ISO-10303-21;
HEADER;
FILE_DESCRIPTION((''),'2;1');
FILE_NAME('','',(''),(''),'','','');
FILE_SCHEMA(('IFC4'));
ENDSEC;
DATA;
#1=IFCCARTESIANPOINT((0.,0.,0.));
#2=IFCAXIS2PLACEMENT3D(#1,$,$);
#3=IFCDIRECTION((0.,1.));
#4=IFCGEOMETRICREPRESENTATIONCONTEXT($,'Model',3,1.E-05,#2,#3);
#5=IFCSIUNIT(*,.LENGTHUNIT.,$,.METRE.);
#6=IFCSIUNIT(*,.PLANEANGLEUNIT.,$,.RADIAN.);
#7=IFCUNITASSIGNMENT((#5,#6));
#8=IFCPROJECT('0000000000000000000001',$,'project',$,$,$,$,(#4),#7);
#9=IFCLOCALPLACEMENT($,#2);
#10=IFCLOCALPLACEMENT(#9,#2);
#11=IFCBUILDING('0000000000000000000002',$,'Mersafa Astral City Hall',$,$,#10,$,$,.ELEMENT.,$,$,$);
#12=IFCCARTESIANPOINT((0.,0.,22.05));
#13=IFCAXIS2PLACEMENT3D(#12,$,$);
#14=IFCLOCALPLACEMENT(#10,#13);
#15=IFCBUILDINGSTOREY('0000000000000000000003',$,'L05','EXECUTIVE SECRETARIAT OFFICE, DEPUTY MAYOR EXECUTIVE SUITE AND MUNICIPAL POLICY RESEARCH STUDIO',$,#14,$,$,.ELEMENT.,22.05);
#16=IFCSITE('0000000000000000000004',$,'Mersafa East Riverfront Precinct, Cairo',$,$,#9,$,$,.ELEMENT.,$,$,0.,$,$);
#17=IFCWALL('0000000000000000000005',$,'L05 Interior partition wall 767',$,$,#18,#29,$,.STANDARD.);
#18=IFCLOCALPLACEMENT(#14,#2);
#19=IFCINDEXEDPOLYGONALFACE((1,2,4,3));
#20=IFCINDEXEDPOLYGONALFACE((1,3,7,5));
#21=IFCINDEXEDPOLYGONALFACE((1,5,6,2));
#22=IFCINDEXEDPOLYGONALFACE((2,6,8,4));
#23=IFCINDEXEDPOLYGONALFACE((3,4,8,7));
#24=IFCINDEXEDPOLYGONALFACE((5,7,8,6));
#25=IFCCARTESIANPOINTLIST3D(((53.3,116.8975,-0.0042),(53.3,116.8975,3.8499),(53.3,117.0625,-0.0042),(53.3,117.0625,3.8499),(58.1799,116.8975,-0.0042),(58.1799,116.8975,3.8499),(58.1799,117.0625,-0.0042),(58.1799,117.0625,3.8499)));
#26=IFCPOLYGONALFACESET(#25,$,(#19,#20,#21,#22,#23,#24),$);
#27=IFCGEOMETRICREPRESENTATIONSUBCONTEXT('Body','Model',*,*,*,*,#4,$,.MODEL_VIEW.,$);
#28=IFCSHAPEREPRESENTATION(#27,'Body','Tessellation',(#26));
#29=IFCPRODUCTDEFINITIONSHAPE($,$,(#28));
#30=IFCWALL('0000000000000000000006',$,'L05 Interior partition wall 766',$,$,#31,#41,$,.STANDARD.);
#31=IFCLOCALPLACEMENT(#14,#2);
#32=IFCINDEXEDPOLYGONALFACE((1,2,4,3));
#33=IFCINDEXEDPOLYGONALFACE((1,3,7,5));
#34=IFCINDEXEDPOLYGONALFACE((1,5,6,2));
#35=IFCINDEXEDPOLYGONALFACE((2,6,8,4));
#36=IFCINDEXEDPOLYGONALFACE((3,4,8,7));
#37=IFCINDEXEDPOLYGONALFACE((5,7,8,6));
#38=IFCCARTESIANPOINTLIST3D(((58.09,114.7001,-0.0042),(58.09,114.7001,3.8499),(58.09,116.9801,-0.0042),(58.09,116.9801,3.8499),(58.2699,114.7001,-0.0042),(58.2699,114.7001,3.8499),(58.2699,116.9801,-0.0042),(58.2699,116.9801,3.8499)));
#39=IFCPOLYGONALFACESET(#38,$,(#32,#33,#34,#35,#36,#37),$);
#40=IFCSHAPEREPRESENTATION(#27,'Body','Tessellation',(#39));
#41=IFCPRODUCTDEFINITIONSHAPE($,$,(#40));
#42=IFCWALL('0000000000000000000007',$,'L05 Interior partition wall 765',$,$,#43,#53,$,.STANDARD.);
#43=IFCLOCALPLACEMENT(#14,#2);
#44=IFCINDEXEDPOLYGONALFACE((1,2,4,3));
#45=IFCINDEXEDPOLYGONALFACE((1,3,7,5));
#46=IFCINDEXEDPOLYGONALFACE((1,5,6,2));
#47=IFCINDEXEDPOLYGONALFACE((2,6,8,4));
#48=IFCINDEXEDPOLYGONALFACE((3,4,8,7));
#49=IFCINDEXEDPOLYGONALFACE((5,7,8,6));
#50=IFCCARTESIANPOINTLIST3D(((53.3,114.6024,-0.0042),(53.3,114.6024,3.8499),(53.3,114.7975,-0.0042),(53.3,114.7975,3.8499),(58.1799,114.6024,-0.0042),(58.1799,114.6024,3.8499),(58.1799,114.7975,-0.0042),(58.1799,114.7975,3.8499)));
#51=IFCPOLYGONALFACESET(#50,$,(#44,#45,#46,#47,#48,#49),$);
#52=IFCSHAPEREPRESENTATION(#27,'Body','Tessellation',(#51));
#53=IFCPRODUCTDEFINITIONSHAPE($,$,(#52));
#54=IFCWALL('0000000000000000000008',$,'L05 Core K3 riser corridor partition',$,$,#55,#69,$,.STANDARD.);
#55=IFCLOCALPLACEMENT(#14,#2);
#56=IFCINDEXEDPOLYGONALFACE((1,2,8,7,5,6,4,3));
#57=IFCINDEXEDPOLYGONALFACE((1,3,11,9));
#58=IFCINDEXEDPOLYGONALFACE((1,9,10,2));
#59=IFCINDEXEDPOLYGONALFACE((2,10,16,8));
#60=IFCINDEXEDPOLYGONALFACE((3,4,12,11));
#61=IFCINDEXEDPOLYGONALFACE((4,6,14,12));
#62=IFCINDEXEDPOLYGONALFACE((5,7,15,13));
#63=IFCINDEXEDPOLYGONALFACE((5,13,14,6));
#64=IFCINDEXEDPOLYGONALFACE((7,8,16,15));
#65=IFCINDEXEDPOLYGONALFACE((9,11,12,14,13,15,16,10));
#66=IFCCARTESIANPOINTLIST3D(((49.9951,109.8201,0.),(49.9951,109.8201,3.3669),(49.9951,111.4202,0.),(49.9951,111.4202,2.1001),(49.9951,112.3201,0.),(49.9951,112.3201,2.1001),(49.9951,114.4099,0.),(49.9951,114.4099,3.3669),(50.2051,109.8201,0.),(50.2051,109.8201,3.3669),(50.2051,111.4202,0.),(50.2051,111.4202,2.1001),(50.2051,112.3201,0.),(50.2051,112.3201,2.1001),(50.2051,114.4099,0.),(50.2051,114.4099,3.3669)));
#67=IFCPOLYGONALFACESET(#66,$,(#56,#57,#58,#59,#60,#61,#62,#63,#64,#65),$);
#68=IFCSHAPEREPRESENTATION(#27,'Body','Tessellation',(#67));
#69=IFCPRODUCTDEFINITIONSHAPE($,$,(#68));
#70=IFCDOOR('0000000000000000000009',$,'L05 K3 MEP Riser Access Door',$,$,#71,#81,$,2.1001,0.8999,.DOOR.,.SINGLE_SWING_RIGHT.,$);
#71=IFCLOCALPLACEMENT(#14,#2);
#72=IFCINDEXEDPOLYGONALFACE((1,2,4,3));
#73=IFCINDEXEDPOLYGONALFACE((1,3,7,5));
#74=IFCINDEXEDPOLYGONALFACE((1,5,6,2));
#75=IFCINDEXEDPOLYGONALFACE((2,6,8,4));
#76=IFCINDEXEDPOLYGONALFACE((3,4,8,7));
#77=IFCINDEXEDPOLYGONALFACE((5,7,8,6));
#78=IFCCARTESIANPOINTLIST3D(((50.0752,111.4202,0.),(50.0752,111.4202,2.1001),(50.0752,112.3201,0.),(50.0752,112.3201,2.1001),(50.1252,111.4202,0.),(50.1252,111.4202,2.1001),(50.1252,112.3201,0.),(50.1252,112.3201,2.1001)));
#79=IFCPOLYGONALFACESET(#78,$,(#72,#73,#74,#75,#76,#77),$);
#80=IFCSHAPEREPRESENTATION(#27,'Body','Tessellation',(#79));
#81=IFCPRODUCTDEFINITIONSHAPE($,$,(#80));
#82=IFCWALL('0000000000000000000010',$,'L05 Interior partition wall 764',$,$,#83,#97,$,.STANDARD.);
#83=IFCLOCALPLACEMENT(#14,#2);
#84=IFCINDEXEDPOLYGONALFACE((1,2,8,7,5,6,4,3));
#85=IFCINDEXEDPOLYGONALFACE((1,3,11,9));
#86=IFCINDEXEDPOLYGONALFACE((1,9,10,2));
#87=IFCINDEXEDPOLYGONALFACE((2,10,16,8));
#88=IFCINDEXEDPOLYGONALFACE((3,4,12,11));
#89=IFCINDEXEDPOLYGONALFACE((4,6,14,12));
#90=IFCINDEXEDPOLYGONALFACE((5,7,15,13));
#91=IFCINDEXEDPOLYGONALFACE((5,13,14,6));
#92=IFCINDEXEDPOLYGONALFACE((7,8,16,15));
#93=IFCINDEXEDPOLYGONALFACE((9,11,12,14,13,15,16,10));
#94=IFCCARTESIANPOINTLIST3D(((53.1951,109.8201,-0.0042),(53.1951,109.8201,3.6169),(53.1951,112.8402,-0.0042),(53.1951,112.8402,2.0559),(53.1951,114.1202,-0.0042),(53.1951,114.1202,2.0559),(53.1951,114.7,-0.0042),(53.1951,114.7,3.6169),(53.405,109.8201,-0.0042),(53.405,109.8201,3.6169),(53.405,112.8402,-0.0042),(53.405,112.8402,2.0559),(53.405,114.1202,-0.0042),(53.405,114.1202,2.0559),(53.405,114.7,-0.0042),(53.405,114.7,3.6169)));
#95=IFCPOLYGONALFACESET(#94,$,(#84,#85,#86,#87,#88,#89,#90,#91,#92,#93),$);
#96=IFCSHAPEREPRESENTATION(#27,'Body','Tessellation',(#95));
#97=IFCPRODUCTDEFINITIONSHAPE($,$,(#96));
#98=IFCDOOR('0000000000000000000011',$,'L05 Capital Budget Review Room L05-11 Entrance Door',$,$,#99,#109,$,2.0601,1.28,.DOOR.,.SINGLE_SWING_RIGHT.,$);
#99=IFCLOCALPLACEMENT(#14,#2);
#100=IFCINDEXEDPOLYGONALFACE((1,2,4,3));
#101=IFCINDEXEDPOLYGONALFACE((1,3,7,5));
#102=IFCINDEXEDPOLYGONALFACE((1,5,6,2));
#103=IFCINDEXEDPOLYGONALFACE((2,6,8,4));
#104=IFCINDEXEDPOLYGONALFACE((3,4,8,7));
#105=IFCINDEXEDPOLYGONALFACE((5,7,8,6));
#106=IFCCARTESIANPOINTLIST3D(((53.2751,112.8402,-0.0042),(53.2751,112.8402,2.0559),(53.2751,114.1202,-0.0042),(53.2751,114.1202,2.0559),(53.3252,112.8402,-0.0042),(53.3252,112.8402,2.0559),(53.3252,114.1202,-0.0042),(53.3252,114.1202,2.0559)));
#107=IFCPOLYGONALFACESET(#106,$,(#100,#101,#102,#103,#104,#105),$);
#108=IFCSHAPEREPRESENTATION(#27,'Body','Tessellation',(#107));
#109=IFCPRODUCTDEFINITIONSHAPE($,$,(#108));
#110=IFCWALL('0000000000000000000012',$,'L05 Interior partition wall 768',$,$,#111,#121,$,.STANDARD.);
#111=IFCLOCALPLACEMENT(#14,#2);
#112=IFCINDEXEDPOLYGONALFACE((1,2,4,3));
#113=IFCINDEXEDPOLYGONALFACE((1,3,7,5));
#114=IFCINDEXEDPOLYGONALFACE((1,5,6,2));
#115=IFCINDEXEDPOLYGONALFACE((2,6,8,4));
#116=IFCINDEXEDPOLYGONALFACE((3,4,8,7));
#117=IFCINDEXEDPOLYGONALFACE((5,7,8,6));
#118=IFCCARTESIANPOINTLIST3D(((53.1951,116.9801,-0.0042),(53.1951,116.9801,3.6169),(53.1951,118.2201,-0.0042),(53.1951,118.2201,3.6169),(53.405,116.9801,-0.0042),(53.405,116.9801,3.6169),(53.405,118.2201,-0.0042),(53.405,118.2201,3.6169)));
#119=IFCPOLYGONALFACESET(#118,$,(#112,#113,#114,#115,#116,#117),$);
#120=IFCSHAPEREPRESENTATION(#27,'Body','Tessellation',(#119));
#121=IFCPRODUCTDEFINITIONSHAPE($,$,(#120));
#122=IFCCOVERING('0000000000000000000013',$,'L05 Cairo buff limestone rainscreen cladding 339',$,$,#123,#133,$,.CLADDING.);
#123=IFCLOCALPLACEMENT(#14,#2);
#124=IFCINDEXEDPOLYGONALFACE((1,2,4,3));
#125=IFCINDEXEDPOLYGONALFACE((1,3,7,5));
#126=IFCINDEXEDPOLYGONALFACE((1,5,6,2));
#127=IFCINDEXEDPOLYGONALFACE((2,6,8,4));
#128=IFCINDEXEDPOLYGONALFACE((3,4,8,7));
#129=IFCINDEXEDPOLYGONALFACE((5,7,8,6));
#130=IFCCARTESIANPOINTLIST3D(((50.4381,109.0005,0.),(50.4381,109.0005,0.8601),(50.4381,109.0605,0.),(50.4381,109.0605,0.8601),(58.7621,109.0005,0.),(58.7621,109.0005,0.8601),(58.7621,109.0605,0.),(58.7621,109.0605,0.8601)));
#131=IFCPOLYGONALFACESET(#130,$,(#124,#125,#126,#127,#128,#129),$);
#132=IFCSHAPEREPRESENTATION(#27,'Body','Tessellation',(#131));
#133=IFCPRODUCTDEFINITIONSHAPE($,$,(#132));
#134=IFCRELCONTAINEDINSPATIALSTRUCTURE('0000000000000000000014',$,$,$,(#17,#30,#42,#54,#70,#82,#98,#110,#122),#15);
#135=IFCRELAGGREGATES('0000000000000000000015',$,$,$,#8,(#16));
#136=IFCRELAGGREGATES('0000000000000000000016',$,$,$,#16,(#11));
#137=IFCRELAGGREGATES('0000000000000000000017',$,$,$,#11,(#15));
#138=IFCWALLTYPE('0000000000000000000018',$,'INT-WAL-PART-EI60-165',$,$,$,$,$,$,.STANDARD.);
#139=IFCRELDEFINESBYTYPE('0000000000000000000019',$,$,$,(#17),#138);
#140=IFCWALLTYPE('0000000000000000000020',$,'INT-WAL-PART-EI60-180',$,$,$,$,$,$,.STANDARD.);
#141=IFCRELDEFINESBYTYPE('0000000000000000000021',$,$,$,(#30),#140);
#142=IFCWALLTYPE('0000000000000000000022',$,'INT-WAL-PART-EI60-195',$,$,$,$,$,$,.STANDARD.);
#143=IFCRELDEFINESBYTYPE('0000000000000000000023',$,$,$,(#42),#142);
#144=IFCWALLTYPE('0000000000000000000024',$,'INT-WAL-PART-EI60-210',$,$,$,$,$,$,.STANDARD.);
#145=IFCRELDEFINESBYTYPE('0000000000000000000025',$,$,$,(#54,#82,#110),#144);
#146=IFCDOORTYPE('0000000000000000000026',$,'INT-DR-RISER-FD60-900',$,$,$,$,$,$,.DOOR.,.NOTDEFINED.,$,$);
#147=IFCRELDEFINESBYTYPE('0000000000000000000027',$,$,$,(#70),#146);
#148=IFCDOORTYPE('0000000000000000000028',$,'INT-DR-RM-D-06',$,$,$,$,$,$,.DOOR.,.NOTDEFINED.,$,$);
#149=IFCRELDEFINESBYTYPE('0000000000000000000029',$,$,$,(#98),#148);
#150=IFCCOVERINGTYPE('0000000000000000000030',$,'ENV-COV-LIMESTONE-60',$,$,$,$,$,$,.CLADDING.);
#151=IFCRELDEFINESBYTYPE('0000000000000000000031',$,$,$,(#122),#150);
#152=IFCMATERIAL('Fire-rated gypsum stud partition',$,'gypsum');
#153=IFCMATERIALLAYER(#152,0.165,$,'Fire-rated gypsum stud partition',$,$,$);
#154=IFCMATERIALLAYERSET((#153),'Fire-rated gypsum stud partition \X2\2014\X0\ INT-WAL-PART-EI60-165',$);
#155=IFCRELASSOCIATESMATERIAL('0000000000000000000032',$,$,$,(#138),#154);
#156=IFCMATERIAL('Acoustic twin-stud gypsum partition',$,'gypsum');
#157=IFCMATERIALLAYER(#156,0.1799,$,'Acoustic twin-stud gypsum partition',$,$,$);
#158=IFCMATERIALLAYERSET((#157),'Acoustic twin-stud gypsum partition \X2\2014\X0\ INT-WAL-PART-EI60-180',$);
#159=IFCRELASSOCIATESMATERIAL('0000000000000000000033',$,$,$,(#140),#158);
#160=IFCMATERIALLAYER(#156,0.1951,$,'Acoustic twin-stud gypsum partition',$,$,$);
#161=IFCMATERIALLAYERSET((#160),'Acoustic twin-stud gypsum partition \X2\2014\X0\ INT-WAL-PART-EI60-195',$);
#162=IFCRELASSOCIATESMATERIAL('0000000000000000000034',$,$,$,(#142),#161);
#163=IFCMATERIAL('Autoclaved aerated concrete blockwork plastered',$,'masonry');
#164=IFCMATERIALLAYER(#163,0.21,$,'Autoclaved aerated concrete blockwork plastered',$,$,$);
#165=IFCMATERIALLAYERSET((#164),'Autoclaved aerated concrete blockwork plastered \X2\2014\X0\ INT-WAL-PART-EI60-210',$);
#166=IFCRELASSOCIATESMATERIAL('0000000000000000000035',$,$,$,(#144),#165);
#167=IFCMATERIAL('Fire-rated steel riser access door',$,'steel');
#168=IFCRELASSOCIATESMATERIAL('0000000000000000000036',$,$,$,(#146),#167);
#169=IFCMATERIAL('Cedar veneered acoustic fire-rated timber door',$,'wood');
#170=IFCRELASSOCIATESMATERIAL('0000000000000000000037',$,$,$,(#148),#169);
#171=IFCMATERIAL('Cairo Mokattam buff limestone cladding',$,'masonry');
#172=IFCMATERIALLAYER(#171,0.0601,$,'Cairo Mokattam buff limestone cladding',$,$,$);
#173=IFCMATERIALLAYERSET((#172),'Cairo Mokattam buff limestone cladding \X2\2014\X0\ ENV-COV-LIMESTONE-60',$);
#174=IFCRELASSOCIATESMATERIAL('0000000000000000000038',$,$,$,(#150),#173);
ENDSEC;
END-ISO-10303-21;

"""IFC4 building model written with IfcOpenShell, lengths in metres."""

from ifc_helpers import new_model, si_unit, direction, frame, frame_2d, origin, origin_2d, place, context, subcontext, project, spatial, rectangle, extrude, material, layer, layer_set, type_object, element, fill, save


model = new_model("IFC4")

# Units and contexts
model_context = context("Model", 3, precision=1e-05, world=origin(), true_north=direction((0.0, 1.0)))
body_context = subcontext(model_context, "Body", "Model", "MODEL_VIEW")
ifc_project = project(units=[si_unit("LENGTHUNIT", "METRE"), si_unit("PLANEANGLEUNIT", "RADIAN")], contexts=[model_context])

# Site, building, storey
site_placement = place(None, origin())
site = spatial("IfcSite", under=ifc_project, at=site_placement, Name="Mersafa East Riverfront Precinct, Cairo", CompositionType="ELEMENT", RefElevation=0.0)
building_placement = place(site_placement, origin())
building = spatial("IfcBuilding", under=site, at=building_placement, Name="Mersafa Astral City Hall", CompositionType="ELEMENT")
storey_placement = place(building_placement, frame((0.0, 0.0, 22.05)))
storey = spatial("IfcBuildingStorey", under=building, at=storey_placement, Name="L05", Description="EXECUTIVE SECRETARIAT OFFICE, DEPUTY MAYOR EXECUTIVE SUITE AND MUNICIPAL POLICY RESEARCH STUDIO", CompositionType="ELEMENT", Elevation=22.05)

# Walls
ifc_material_1 = material(Name="Fire-rated gypsum stud partition", Category="gypsum")
ifc_layer_1 = layer(ifc_material_1, 0.165, Name="Fire-rated gypsum stud partition")
ifc_layer_set_1 = layer_set([ifc_layer_1], Name="Fire-rated gypsum stud partition — INT-WAL-PART-EI60-165")
wall_type_1 = type_object("IfcWallType", Name="INT-WAL-PART-EI60-165", PredefinedType="STANDARD", material=ifc_layer_set_1)
wall_1_placement = place(storey_placement, frame((58.1799, 116.98, -0.0042), z_axis=(0.0, 0.0, 1.0), x_axis=(-1.0, 0.0, 0.0)))
element("IfcWall", 1, at=wall_1_placement, inside=storey, type_object=wall_type_1, Name="L05 Interior partition wall 767", PredefinedType="STANDARD", context=body_context, shape_type="SweptSolid", body=[
    extrude(rectangle(XDim=4.8799, YDim=0.165, at=frame_2d((2.4399, 0.0))), origin(), (0.0, 0.0, 1.0), 3.854),
])
ifc_material_2 = material(Name="Acoustic twin-stud gypsum partition", Category="gypsum")
ifc_layer_2 = layer(ifc_material_2, 0.1799, Name="Acoustic twin-stud gypsum partition")
ifc_layer_set_2 = layer_set([ifc_layer_2], Name="Acoustic twin-stud gypsum partition — INT-WAL-PART-EI60-180")
wall_type_2 = type_object("IfcWallType", Name="INT-WAL-PART-EI60-180", PredefinedType="STANDARD", material=ifc_layer_set_2)
wall_2_placement = place(storey_placement, frame((58.1799, 114.7, -0.0042), z_axis=(0.0, 0.0, 1.0), x_axis=(0.0, 1.0, 0.0)))
element("IfcWall", 2, at=wall_2_placement, inside=storey, type_object=wall_type_2, Name="L05 Interior partition wall 766", PredefinedType="STANDARD", context=body_context, shape_type="SweptSolid", body=[
    extrude(rectangle(XDim=2.28, YDim=0.1799, at=frame_2d((1.1401, 0.0))), origin(), (0.0, 0.0, 1.0), 3.854),
])
ifc_layer_3 = layer(ifc_material_2, 0.1951, Name="Acoustic twin-stud gypsum partition")
ifc_layer_set_3 = layer_set([ifc_layer_3], Name="Acoustic twin-stud gypsum partition — INT-WAL-PART-EI60-195")
wall_type_3 = type_object("IfcWallType", Name="INT-WAL-PART-EI60-195", PredefinedType="STANDARD", material=ifc_layer_set_3)
wall_3_placement = place(storey_placement, frame((53.3, 114.7, -0.0042), z_axis=(0.0, 0.0, 1.0), x_axis=(1.0, 0.0, 0.0)))
element("IfcWall", 3, at=wall_3_placement, inside=storey, type_object=wall_type_3, Name="L05 Interior partition wall 765", PredefinedType="STANDARD", context=body_context, shape_type="SweptSolid", body=[
    extrude(rectangle(XDim=4.8799, YDim=0.1951, at=frame_2d((2.4399, 0.0))), origin(), (0.0, 0.0, 1.0), 3.854),
])

# Walls, openings, doors
ifc_material_3 = material(Name="Autoclaved aerated concrete blockwork plastered", Category="masonry")
ifc_layer_4 = layer(ifc_material_3, 0.21, Name="Autoclaved aerated concrete blockwork plastered")
ifc_layer_set_4 = layer_set([ifc_layer_4], Name="Autoclaved aerated concrete blockwork plastered — INT-WAL-PART-EI60-210")
wall_type_4 = type_object("IfcWallType", Name="INT-WAL-PART-EI60-210", PredefinedType="STANDARD", material=ifc_layer_set_4)
wall_4_placement = place(storey_placement, frame((50.1001, 109.8201, 0.0), z_axis=(0.0, 0.0, 1.0), x_axis=(0.0, 1.0, 0.0)))
wall_4 = element("IfcWall", 4, at=wall_4_placement, inside=storey, type_object=wall_type_4, Name="L05 Core K3 riser corridor partition", PredefinedType="STANDARD", context=body_context, shape_type="SweptSolid", body=[
    extrude(rectangle(XDim=4.5898, YDim=0.21, at=frame_2d((2.2949, 0.0))), origin(), (0.0, 0.0, 1.0), 3.3669),
])
opening_1_placement = place(wall_4_placement, frame((1.6001, 0.0, 0.0)))
opening_1 = element("IfcOpeningElement", 5, at=opening_1_placement, cuts=wall_4, PredefinedType="OPENING", context=body_context, shape_type="SweptSolid", body=[
    extrude(rectangle(XDim=0.8999, YDim=2.1001, at=frame_2d((0.45, 1.05))), frame((0.0, 0.115, 0.0), z_axis=(0.0, -1.0, 0.0), x_axis=(1.0, 0.0, 0.0)), (0.0, 0.0, 1.0), 0.23),
])
ifc_material_4 = material(Name="Fire-rated steel riser access door", Category="steel")
door_type_1 = type_object("IfcDoorType", Name="INT-DR-RISER-FD60-900", OperationType="NOTDEFINED", PredefinedType="DOOR", material=ifc_material_4)
door_1_placement = place(opening_1_placement, origin())
door_1 = element("IfcDoor", 6, at=door_1_placement, inside=storey, type_object=door_type_1, Name="L05 K3 MEP Riser Access Door", OperationType="SINGLE_SWING_RIGHT", OverallHeight=2.1001, OverallWidth=0.8999, PredefinedType="DOOR", context=body_context, shape_type="SweptSolid", body=[
    extrude(rectangle(XDim=0.8999, YDim=2.1001, at=frame_2d((0.45, 1.05))), frame((0.0, 0.0249, 0.0), z_axis=(0.0, -1.0, 0.0), x_axis=(1.0, 0.0, 0.0)), (0.0, 0.0, 1.0), 0.05),
])
fill(opening_1, door_1)
wall_5_placement = place(storey_placement, frame((53.3, 109.8201, -0.0042), z_axis=(0.0, 0.0, 1.0), x_axis=(0.0, 1.0, 0.0)))
wall_5 = element("IfcWall", 7, at=wall_5_placement, inside=storey, type_object=wall_type_4, Name="L05 Interior partition wall 764", PredefinedType="STANDARD", context=body_context, shape_type="SweptSolid", body=[
    extrude(rectangle(XDim=4.8799, YDim=0.21, at=frame_2d((2.4399, 0.0))), origin(), (0.0, 0.0, 1.0), 3.6211),
])
opening_2_placement = place(wall_5_placement, frame((3.02, 0.0, 0.0)))
opening_2 = element("IfcOpeningElement", 8, at=opening_2_placement, cuts=wall_5, PredefinedType="OPENING", context=body_context, shape_type="SweptSolid", body=[
    extrude(rectangle(XDim=1.28, YDim=2.0601, at=frame_2d((0.6401, 1.03))), frame((0.0, 0.115, 0.0), z_axis=(0.0, -1.0, 0.0), x_axis=(1.0, 0.0, 0.0)), (0.0, 0.0, 1.0), 0.23),
])
ifc_material_5 = material(Name="Cedar veneered acoustic fire-rated timber door", Category="wood")
door_type_2 = type_object("IfcDoorType", Name="INT-DR-RM-D-06", OperationType="NOTDEFINED", PredefinedType="DOOR", material=ifc_material_5)
door_2_placement = place(opening_2_placement, origin())
door_2 = element("IfcDoor", 9, at=door_2_placement, inside=storey, type_object=door_type_2, Name="L05 Capital Budget Review Room L05-11 Entrance Door", OperationType="SINGLE_SWING_RIGHT", OverallHeight=2.0601, OverallWidth=1.28, PredefinedType="DOOR", context=body_context, shape_type="SweptSolid", body=[
    extrude(rectangle(XDim=1.28, YDim=2.0601, at=frame_2d((0.6401, 1.03))), frame((0.0, 0.0249, 0.0), z_axis=(0.0, -1.0, 0.0), x_axis=(1.0, 0.0, 0.0)), (0.0, 0.0, 1.0), 0.05),
])
fill(opening_2, door_2)

# Wall
wall_6_placement = place(storey_placement, frame((53.3, 116.98, -0.0042), z_axis=(0.0, 0.0, 1.0), x_axis=(0.0, 1.0, 0.0)))
element("IfcWall", 10, at=wall_6_placement, inside=storey, type_object=wall_type_4, Name="L05 Interior partition wall 768", PredefinedType="STANDARD", context=body_context, shape_type="SweptSolid", body=[
    extrude(rectangle(XDim=1.24, YDim=0.21, at=frame_2d((0.6201, 0.0))), origin(), (0.0, 0.0, 1.0), 3.6211),
])

# Covering
ifc_material_6 = material(Name="Cairo Mokattam buff limestone cladding", Category="masonry")
ifc_layer_5 = layer(ifc_material_6, 0.0601, Name="Cairo Mokattam buff limestone cladding")
ifc_layer_set_5 = layer_set([ifc_layer_5], Name="Cairo Mokattam buff limestone cladding — ENV-COV-LIMESTONE-60")
covering_type = type_object("IfcCoveringType", Name="ENV-COV-LIMESTONE-60", PredefinedType="CLADDING", material=ifc_layer_set_5)
covering_placement = place(storey_placement, frame((54.6001, 109.0305, 0.0), z_axis=(0.0, 0.0, 1.0), x_axis=(1.0, 0.0, 0.0)))
element("IfcCovering", 11, at=covering_placement, inside=storey, type_object=covering_type, Name="L05 Cairo buff limestone rainscreen cladding 339", PredefinedType="CLADDING", context=body_context, shape_type="SweptSolid", body=[
    extrude(rectangle(XDim=8.324, YDim=0.0601, at=origin_2d()), origin(), (0.0, 0.0, 1.0), 0.8601),
])

save(model, "model.ifc")
